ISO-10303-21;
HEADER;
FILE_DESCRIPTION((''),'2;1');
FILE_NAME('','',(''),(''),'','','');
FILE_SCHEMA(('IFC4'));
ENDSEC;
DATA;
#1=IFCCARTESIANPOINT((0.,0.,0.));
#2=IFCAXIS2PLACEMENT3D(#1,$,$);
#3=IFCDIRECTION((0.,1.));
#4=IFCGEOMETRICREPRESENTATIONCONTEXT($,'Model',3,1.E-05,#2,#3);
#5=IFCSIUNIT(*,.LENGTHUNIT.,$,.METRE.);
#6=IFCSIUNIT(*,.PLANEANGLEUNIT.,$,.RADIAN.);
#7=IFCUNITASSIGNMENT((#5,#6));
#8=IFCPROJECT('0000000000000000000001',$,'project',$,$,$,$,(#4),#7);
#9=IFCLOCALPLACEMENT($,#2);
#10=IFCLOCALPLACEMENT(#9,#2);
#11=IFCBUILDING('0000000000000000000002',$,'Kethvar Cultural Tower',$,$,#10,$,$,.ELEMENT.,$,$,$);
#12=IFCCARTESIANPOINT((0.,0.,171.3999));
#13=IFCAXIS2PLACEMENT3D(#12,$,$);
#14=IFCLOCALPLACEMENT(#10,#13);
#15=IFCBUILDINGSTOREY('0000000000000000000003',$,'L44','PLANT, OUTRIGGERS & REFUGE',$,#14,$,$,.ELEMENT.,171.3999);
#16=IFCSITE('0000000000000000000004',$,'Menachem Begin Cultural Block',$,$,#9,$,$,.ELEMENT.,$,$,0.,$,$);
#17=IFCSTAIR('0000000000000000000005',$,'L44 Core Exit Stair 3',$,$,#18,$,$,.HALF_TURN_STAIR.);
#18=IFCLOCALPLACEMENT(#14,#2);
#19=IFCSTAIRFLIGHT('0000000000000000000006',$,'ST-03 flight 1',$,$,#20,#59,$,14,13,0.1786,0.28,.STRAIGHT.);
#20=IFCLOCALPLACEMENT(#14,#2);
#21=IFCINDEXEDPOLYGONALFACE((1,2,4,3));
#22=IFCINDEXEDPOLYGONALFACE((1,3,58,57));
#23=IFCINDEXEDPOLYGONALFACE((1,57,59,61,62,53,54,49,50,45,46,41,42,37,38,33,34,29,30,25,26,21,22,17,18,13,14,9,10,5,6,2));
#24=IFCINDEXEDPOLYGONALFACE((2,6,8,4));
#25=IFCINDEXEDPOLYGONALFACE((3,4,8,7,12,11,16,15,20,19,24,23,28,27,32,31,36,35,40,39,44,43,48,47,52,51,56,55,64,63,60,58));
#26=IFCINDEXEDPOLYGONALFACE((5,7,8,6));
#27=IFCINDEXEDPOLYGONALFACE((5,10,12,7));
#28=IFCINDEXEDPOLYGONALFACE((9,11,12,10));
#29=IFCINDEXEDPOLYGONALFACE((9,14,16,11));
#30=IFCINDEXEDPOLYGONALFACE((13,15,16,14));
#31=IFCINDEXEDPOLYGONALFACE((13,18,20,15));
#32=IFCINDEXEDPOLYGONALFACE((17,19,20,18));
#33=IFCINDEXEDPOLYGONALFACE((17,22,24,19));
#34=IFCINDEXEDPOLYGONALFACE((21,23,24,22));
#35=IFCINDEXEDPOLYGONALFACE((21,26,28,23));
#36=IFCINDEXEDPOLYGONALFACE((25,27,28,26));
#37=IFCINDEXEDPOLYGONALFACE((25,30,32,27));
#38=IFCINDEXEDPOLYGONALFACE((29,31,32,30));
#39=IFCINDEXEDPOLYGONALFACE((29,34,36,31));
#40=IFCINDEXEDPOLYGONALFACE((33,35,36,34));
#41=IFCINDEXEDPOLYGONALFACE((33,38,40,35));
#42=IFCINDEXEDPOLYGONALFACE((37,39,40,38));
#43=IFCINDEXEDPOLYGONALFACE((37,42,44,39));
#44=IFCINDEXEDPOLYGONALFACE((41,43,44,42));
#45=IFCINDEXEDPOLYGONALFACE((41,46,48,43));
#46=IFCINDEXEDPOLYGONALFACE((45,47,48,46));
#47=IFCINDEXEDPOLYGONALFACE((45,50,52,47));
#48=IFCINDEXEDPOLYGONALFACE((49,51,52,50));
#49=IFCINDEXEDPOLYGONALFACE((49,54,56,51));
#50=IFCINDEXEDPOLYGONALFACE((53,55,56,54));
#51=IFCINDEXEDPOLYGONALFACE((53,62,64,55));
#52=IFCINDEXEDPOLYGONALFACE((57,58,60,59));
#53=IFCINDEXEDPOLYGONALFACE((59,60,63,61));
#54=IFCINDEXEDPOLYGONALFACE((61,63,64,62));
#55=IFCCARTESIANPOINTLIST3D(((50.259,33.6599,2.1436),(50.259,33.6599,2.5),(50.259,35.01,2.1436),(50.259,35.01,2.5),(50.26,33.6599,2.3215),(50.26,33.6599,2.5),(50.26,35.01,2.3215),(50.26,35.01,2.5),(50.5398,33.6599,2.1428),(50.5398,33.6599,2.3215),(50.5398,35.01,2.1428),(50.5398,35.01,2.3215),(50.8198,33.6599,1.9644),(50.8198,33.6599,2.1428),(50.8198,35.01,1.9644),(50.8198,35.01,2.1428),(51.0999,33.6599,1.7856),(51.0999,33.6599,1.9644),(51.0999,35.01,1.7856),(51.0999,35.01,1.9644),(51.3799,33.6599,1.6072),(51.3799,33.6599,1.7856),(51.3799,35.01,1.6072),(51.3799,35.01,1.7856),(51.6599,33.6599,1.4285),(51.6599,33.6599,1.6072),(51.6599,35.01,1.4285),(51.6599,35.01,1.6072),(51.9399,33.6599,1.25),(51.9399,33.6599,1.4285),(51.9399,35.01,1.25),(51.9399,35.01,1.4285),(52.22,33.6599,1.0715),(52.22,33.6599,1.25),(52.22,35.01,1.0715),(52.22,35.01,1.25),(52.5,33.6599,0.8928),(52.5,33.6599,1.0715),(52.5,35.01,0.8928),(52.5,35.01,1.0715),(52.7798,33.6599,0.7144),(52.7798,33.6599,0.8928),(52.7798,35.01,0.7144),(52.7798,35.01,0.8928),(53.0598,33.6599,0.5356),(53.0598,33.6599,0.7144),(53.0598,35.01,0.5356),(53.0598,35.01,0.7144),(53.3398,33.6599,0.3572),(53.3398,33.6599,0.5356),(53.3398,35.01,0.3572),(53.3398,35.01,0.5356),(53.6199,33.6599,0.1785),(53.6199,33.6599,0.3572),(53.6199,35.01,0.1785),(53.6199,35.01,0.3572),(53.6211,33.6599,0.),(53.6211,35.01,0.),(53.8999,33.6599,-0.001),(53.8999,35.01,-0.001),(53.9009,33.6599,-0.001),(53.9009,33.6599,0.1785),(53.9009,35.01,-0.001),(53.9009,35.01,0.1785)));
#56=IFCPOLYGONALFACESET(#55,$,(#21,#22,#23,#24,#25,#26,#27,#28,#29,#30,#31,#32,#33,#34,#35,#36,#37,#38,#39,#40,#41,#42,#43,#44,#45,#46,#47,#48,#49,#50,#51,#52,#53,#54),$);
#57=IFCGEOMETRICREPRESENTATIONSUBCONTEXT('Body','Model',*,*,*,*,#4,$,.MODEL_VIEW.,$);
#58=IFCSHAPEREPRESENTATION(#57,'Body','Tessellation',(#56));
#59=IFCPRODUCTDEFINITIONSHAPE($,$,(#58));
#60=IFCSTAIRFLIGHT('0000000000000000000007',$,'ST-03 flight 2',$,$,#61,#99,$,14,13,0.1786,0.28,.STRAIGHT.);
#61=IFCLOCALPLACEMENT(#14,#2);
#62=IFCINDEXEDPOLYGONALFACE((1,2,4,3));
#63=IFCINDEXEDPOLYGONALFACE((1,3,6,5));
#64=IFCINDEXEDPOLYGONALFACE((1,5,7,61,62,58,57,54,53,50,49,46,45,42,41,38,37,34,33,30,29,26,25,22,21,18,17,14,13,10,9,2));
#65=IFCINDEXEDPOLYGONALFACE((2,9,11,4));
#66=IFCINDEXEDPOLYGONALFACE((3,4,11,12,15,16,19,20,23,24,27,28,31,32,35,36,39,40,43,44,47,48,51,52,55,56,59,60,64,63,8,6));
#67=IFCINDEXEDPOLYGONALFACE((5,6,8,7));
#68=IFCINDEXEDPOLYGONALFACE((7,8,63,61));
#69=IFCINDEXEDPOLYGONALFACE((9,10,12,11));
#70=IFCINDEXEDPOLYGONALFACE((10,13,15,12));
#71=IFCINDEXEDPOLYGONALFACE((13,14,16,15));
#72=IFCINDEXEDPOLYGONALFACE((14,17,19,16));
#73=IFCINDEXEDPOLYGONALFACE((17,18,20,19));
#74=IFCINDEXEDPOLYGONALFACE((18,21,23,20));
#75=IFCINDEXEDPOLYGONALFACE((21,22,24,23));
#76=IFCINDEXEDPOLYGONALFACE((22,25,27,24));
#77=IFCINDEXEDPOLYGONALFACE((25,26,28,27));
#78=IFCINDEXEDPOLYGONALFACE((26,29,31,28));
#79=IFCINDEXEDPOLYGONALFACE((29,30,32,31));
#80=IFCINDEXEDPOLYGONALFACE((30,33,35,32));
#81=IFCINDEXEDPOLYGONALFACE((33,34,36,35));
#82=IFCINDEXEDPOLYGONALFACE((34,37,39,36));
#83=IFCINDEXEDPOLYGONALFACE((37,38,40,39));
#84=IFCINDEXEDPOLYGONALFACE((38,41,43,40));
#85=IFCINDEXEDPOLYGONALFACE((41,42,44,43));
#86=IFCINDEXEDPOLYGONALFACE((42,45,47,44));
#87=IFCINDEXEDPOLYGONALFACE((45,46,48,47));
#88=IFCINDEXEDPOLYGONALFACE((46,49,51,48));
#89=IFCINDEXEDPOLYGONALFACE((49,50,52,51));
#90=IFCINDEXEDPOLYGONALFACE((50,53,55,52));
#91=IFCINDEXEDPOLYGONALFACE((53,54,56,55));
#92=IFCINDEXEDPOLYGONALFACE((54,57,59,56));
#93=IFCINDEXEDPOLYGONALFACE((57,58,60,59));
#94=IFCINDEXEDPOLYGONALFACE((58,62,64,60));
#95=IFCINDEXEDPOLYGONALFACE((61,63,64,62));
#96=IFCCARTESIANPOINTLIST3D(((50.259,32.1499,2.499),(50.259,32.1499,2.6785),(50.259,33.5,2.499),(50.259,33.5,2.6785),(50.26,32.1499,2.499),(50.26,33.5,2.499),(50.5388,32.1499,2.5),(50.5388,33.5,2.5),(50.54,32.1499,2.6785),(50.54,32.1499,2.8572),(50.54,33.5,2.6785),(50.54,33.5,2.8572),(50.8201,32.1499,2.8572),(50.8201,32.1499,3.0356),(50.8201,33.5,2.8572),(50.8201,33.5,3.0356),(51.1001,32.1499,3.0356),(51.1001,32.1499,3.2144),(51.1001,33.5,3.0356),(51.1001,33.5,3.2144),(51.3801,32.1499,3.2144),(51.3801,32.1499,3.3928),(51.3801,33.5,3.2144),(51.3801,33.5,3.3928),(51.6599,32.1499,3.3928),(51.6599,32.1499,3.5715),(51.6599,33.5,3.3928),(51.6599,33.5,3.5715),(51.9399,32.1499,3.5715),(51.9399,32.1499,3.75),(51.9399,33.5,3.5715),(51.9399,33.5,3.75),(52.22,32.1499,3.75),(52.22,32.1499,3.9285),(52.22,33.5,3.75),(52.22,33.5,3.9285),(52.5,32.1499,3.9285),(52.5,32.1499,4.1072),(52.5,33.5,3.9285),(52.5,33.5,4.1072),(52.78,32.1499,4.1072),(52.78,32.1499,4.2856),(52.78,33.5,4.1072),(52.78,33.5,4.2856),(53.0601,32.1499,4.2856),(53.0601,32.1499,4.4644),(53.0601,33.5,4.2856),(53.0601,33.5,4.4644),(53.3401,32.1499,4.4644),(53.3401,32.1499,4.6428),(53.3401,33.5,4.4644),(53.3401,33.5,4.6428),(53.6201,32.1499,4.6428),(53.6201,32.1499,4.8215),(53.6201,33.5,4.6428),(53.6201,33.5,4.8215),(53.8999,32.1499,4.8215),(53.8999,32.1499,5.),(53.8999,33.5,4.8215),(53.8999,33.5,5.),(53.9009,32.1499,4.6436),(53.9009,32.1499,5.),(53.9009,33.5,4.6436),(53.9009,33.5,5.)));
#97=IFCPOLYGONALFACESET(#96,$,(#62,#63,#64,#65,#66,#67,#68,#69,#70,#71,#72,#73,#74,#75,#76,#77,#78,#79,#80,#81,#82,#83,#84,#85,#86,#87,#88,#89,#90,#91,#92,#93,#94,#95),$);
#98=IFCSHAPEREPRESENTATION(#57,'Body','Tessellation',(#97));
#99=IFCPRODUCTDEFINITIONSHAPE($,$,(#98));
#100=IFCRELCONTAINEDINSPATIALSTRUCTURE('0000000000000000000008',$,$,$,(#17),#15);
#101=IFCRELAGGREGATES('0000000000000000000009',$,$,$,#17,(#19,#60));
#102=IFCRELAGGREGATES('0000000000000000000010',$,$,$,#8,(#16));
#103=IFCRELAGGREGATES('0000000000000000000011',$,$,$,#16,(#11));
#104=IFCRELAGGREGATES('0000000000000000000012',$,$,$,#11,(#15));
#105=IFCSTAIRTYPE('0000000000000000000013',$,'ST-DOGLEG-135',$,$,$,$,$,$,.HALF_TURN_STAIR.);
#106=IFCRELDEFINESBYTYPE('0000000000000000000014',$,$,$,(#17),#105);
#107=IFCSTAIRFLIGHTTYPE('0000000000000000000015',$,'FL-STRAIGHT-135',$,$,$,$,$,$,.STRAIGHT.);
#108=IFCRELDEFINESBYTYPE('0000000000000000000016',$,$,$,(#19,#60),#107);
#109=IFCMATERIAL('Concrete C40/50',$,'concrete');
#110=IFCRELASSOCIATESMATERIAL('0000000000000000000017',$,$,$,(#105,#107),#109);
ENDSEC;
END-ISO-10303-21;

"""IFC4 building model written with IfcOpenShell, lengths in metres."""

from ifc_helpers import new_model, si_unit, direction, frame, origin, place, context, subcontext, project, spatial, polyline, outline, extrude, material, type_object, element, aggregate, save


model = new_model("IFC4")

# Units and contexts
model_context = context("Model", 3, precision=1e-05, world=origin(), true_north=direction((0.0, 1.0)))
body_context = subcontext(model_context, "Body", "Model", "MODEL_VIEW")
ifc_project = project(units=[si_unit("LENGTHUNIT", "METRE"), si_unit("PLANEANGLEUNIT", "RADIAN")], contexts=[model_context])

# Site, building, storey
site_placement = place(None, origin())
site = spatial("IfcSite", under=ifc_project, at=site_placement, Name="Menachem Begin Cultural Block", CompositionType="ELEMENT", RefElevation=0.0)
building_placement = place(site_placement, origin())
building = spatial("IfcBuilding", under=site, at=building_placement, Name="Kethvar Cultural Tower", CompositionType="ELEMENT")
storey_placement = place(building_placement, frame((0.0, 0.0, 171.3999)))
storey = spatial("IfcBuildingStorey", under=building, at=storey_placement, Name="L44", Description="PLANT, OUTRIGGERS & REFUGE", CompositionType="ELEMENT", Elevation=171.3999)

# Shared definitions
ifc_material_1 = material(Name="Concrete C40/50", Category="concrete")

# Stair, stair flights
stair_type = type_object("IfcStairType", Name="ST-DOGLEG-135", PredefinedType="HALF_TURN_STAIR", material=ifc_material_1)
stair_placement = place(storey_placement, origin())
stair = element("IfcStair", 1, at=stair_placement, inside=storey, type_object=stair_type, Name="L44 Core Exit Stair 3", PredefinedType="HALF_TURN_STAIR")
stair_flight_type = type_object("IfcStairFlightType", Name="FL-STRAIGHT-135", PredefinedType="STRAIGHT", material=ifc_material_1)
stair_flight_1_placement = place(storey_placement, frame((53.8999, 34.335, 0.0), z_axis=(0.0, 0.0, 1.0), x_axis=(-1.0, 0.0, 0.0)))
stair_flight_1 = element("IfcStairFlight", 2, at=stair_flight_1_placement, type_object=stair_flight_type, Name="ST-03 flight 1", NumberOfRisers=14, NumberOfTreads=13, PredefinedType="STRAIGHT", RiserHeight=0.1786, TreadLength=0.28, context=body_context, shape_type="SweptSolid", body=[
    extrude(outline(polyline([(-0.001, -0.001), (-0.001, 0.1785), (0.28, 0.1785), (0.28, 0.3572), (0.5601, 0.3572), (0.5601, 0.5356), (0.8401, 0.5356), (0.8401, 0.7144), (1.1201, 0.7144), (1.1201, 0.8928), (1.3999, 0.8928), (1.3999, 1.0715), (1.6799, 1.0715), (1.6799, 1.25), (1.96, 1.25), (1.96, 1.4285), (2.24, 1.4285), (2.24, 1.6072), (2.52, 1.6072), (2.52, 1.7856), (2.8, 1.7856), (2.8, 1.9644), (3.0801, 1.9644), (3.0801, 2.1428), (3.3601, 2.1428), (3.3601, 2.3215), (3.6399, 2.3215), (3.6399, 2.5), (3.6409, 2.5), (3.6409, 2.1436), (0.2788, 0.0), (0.0, -0.001), (-0.001, -0.001)])), frame((0.0, 0.675, 0.0), z_axis=(0.0, -1.0, 0.0), x_axis=(1.0, 0.0, 0.0)), (0.0, 0.0, 1.0), 1.3501),
])
stair_flight_2_placement = place(storey_placement, frame((50.26, 32.825, 2.5), z_axis=(0.0, 0.0, 1.0), x_axis=(1.0, 0.0, 0.0)))
stair_flight_2 = element("IfcStairFlight", 3, at=stair_flight_2_placement, type_object=stair_flight_type, Name="ST-03 flight 2", NumberOfRisers=14, NumberOfTreads=13, PredefinedType="STRAIGHT", RiserHeight=0.1786, TreadLength=0.28, context=body_context, shape_type="SweptSolid", body=[
    extrude(outline(polyline([(-0.001, -0.001), (-0.001, 0.1785), (0.28, 0.1785), (0.28, 0.3572), (0.5601, 0.3572), (0.5601, 0.5356), (0.8401, 0.5356), (0.8401, 0.7144), (1.1201, 0.7144), (1.1201, 0.8928), (1.3999, 0.8928), (1.3999, 1.0715), (1.6799, 1.0715), (1.6799, 1.25), (1.96, 1.25), (1.96, 1.4285), (2.24, 1.4285), (2.24, 1.6072), (2.52, 1.6072), (2.52, 1.7856), (2.8, 1.7856), (2.8, 1.9644), (3.0801, 1.9644), (3.0801, 2.1428), (3.3601, 2.1428), (3.3601, 2.3215), (3.6399, 2.3215), (3.6399, 2.5), (3.6409, 2.5), (3.6409, 2.1436), (0.2788, 0.0), (0.0, -0.001), (-0.001, -0.001)])), frame((0.0, 0.675, 0.0), z_axis=(0.0, -1.0, 0.0), x_axis=(1.0, 0.0, 0.0)), (0.0, 0.0, 1.0), 1.3501),
])
aggregate(stair, [stair_flight_1, stair_flight_2])

save(model, "model.ifc")
